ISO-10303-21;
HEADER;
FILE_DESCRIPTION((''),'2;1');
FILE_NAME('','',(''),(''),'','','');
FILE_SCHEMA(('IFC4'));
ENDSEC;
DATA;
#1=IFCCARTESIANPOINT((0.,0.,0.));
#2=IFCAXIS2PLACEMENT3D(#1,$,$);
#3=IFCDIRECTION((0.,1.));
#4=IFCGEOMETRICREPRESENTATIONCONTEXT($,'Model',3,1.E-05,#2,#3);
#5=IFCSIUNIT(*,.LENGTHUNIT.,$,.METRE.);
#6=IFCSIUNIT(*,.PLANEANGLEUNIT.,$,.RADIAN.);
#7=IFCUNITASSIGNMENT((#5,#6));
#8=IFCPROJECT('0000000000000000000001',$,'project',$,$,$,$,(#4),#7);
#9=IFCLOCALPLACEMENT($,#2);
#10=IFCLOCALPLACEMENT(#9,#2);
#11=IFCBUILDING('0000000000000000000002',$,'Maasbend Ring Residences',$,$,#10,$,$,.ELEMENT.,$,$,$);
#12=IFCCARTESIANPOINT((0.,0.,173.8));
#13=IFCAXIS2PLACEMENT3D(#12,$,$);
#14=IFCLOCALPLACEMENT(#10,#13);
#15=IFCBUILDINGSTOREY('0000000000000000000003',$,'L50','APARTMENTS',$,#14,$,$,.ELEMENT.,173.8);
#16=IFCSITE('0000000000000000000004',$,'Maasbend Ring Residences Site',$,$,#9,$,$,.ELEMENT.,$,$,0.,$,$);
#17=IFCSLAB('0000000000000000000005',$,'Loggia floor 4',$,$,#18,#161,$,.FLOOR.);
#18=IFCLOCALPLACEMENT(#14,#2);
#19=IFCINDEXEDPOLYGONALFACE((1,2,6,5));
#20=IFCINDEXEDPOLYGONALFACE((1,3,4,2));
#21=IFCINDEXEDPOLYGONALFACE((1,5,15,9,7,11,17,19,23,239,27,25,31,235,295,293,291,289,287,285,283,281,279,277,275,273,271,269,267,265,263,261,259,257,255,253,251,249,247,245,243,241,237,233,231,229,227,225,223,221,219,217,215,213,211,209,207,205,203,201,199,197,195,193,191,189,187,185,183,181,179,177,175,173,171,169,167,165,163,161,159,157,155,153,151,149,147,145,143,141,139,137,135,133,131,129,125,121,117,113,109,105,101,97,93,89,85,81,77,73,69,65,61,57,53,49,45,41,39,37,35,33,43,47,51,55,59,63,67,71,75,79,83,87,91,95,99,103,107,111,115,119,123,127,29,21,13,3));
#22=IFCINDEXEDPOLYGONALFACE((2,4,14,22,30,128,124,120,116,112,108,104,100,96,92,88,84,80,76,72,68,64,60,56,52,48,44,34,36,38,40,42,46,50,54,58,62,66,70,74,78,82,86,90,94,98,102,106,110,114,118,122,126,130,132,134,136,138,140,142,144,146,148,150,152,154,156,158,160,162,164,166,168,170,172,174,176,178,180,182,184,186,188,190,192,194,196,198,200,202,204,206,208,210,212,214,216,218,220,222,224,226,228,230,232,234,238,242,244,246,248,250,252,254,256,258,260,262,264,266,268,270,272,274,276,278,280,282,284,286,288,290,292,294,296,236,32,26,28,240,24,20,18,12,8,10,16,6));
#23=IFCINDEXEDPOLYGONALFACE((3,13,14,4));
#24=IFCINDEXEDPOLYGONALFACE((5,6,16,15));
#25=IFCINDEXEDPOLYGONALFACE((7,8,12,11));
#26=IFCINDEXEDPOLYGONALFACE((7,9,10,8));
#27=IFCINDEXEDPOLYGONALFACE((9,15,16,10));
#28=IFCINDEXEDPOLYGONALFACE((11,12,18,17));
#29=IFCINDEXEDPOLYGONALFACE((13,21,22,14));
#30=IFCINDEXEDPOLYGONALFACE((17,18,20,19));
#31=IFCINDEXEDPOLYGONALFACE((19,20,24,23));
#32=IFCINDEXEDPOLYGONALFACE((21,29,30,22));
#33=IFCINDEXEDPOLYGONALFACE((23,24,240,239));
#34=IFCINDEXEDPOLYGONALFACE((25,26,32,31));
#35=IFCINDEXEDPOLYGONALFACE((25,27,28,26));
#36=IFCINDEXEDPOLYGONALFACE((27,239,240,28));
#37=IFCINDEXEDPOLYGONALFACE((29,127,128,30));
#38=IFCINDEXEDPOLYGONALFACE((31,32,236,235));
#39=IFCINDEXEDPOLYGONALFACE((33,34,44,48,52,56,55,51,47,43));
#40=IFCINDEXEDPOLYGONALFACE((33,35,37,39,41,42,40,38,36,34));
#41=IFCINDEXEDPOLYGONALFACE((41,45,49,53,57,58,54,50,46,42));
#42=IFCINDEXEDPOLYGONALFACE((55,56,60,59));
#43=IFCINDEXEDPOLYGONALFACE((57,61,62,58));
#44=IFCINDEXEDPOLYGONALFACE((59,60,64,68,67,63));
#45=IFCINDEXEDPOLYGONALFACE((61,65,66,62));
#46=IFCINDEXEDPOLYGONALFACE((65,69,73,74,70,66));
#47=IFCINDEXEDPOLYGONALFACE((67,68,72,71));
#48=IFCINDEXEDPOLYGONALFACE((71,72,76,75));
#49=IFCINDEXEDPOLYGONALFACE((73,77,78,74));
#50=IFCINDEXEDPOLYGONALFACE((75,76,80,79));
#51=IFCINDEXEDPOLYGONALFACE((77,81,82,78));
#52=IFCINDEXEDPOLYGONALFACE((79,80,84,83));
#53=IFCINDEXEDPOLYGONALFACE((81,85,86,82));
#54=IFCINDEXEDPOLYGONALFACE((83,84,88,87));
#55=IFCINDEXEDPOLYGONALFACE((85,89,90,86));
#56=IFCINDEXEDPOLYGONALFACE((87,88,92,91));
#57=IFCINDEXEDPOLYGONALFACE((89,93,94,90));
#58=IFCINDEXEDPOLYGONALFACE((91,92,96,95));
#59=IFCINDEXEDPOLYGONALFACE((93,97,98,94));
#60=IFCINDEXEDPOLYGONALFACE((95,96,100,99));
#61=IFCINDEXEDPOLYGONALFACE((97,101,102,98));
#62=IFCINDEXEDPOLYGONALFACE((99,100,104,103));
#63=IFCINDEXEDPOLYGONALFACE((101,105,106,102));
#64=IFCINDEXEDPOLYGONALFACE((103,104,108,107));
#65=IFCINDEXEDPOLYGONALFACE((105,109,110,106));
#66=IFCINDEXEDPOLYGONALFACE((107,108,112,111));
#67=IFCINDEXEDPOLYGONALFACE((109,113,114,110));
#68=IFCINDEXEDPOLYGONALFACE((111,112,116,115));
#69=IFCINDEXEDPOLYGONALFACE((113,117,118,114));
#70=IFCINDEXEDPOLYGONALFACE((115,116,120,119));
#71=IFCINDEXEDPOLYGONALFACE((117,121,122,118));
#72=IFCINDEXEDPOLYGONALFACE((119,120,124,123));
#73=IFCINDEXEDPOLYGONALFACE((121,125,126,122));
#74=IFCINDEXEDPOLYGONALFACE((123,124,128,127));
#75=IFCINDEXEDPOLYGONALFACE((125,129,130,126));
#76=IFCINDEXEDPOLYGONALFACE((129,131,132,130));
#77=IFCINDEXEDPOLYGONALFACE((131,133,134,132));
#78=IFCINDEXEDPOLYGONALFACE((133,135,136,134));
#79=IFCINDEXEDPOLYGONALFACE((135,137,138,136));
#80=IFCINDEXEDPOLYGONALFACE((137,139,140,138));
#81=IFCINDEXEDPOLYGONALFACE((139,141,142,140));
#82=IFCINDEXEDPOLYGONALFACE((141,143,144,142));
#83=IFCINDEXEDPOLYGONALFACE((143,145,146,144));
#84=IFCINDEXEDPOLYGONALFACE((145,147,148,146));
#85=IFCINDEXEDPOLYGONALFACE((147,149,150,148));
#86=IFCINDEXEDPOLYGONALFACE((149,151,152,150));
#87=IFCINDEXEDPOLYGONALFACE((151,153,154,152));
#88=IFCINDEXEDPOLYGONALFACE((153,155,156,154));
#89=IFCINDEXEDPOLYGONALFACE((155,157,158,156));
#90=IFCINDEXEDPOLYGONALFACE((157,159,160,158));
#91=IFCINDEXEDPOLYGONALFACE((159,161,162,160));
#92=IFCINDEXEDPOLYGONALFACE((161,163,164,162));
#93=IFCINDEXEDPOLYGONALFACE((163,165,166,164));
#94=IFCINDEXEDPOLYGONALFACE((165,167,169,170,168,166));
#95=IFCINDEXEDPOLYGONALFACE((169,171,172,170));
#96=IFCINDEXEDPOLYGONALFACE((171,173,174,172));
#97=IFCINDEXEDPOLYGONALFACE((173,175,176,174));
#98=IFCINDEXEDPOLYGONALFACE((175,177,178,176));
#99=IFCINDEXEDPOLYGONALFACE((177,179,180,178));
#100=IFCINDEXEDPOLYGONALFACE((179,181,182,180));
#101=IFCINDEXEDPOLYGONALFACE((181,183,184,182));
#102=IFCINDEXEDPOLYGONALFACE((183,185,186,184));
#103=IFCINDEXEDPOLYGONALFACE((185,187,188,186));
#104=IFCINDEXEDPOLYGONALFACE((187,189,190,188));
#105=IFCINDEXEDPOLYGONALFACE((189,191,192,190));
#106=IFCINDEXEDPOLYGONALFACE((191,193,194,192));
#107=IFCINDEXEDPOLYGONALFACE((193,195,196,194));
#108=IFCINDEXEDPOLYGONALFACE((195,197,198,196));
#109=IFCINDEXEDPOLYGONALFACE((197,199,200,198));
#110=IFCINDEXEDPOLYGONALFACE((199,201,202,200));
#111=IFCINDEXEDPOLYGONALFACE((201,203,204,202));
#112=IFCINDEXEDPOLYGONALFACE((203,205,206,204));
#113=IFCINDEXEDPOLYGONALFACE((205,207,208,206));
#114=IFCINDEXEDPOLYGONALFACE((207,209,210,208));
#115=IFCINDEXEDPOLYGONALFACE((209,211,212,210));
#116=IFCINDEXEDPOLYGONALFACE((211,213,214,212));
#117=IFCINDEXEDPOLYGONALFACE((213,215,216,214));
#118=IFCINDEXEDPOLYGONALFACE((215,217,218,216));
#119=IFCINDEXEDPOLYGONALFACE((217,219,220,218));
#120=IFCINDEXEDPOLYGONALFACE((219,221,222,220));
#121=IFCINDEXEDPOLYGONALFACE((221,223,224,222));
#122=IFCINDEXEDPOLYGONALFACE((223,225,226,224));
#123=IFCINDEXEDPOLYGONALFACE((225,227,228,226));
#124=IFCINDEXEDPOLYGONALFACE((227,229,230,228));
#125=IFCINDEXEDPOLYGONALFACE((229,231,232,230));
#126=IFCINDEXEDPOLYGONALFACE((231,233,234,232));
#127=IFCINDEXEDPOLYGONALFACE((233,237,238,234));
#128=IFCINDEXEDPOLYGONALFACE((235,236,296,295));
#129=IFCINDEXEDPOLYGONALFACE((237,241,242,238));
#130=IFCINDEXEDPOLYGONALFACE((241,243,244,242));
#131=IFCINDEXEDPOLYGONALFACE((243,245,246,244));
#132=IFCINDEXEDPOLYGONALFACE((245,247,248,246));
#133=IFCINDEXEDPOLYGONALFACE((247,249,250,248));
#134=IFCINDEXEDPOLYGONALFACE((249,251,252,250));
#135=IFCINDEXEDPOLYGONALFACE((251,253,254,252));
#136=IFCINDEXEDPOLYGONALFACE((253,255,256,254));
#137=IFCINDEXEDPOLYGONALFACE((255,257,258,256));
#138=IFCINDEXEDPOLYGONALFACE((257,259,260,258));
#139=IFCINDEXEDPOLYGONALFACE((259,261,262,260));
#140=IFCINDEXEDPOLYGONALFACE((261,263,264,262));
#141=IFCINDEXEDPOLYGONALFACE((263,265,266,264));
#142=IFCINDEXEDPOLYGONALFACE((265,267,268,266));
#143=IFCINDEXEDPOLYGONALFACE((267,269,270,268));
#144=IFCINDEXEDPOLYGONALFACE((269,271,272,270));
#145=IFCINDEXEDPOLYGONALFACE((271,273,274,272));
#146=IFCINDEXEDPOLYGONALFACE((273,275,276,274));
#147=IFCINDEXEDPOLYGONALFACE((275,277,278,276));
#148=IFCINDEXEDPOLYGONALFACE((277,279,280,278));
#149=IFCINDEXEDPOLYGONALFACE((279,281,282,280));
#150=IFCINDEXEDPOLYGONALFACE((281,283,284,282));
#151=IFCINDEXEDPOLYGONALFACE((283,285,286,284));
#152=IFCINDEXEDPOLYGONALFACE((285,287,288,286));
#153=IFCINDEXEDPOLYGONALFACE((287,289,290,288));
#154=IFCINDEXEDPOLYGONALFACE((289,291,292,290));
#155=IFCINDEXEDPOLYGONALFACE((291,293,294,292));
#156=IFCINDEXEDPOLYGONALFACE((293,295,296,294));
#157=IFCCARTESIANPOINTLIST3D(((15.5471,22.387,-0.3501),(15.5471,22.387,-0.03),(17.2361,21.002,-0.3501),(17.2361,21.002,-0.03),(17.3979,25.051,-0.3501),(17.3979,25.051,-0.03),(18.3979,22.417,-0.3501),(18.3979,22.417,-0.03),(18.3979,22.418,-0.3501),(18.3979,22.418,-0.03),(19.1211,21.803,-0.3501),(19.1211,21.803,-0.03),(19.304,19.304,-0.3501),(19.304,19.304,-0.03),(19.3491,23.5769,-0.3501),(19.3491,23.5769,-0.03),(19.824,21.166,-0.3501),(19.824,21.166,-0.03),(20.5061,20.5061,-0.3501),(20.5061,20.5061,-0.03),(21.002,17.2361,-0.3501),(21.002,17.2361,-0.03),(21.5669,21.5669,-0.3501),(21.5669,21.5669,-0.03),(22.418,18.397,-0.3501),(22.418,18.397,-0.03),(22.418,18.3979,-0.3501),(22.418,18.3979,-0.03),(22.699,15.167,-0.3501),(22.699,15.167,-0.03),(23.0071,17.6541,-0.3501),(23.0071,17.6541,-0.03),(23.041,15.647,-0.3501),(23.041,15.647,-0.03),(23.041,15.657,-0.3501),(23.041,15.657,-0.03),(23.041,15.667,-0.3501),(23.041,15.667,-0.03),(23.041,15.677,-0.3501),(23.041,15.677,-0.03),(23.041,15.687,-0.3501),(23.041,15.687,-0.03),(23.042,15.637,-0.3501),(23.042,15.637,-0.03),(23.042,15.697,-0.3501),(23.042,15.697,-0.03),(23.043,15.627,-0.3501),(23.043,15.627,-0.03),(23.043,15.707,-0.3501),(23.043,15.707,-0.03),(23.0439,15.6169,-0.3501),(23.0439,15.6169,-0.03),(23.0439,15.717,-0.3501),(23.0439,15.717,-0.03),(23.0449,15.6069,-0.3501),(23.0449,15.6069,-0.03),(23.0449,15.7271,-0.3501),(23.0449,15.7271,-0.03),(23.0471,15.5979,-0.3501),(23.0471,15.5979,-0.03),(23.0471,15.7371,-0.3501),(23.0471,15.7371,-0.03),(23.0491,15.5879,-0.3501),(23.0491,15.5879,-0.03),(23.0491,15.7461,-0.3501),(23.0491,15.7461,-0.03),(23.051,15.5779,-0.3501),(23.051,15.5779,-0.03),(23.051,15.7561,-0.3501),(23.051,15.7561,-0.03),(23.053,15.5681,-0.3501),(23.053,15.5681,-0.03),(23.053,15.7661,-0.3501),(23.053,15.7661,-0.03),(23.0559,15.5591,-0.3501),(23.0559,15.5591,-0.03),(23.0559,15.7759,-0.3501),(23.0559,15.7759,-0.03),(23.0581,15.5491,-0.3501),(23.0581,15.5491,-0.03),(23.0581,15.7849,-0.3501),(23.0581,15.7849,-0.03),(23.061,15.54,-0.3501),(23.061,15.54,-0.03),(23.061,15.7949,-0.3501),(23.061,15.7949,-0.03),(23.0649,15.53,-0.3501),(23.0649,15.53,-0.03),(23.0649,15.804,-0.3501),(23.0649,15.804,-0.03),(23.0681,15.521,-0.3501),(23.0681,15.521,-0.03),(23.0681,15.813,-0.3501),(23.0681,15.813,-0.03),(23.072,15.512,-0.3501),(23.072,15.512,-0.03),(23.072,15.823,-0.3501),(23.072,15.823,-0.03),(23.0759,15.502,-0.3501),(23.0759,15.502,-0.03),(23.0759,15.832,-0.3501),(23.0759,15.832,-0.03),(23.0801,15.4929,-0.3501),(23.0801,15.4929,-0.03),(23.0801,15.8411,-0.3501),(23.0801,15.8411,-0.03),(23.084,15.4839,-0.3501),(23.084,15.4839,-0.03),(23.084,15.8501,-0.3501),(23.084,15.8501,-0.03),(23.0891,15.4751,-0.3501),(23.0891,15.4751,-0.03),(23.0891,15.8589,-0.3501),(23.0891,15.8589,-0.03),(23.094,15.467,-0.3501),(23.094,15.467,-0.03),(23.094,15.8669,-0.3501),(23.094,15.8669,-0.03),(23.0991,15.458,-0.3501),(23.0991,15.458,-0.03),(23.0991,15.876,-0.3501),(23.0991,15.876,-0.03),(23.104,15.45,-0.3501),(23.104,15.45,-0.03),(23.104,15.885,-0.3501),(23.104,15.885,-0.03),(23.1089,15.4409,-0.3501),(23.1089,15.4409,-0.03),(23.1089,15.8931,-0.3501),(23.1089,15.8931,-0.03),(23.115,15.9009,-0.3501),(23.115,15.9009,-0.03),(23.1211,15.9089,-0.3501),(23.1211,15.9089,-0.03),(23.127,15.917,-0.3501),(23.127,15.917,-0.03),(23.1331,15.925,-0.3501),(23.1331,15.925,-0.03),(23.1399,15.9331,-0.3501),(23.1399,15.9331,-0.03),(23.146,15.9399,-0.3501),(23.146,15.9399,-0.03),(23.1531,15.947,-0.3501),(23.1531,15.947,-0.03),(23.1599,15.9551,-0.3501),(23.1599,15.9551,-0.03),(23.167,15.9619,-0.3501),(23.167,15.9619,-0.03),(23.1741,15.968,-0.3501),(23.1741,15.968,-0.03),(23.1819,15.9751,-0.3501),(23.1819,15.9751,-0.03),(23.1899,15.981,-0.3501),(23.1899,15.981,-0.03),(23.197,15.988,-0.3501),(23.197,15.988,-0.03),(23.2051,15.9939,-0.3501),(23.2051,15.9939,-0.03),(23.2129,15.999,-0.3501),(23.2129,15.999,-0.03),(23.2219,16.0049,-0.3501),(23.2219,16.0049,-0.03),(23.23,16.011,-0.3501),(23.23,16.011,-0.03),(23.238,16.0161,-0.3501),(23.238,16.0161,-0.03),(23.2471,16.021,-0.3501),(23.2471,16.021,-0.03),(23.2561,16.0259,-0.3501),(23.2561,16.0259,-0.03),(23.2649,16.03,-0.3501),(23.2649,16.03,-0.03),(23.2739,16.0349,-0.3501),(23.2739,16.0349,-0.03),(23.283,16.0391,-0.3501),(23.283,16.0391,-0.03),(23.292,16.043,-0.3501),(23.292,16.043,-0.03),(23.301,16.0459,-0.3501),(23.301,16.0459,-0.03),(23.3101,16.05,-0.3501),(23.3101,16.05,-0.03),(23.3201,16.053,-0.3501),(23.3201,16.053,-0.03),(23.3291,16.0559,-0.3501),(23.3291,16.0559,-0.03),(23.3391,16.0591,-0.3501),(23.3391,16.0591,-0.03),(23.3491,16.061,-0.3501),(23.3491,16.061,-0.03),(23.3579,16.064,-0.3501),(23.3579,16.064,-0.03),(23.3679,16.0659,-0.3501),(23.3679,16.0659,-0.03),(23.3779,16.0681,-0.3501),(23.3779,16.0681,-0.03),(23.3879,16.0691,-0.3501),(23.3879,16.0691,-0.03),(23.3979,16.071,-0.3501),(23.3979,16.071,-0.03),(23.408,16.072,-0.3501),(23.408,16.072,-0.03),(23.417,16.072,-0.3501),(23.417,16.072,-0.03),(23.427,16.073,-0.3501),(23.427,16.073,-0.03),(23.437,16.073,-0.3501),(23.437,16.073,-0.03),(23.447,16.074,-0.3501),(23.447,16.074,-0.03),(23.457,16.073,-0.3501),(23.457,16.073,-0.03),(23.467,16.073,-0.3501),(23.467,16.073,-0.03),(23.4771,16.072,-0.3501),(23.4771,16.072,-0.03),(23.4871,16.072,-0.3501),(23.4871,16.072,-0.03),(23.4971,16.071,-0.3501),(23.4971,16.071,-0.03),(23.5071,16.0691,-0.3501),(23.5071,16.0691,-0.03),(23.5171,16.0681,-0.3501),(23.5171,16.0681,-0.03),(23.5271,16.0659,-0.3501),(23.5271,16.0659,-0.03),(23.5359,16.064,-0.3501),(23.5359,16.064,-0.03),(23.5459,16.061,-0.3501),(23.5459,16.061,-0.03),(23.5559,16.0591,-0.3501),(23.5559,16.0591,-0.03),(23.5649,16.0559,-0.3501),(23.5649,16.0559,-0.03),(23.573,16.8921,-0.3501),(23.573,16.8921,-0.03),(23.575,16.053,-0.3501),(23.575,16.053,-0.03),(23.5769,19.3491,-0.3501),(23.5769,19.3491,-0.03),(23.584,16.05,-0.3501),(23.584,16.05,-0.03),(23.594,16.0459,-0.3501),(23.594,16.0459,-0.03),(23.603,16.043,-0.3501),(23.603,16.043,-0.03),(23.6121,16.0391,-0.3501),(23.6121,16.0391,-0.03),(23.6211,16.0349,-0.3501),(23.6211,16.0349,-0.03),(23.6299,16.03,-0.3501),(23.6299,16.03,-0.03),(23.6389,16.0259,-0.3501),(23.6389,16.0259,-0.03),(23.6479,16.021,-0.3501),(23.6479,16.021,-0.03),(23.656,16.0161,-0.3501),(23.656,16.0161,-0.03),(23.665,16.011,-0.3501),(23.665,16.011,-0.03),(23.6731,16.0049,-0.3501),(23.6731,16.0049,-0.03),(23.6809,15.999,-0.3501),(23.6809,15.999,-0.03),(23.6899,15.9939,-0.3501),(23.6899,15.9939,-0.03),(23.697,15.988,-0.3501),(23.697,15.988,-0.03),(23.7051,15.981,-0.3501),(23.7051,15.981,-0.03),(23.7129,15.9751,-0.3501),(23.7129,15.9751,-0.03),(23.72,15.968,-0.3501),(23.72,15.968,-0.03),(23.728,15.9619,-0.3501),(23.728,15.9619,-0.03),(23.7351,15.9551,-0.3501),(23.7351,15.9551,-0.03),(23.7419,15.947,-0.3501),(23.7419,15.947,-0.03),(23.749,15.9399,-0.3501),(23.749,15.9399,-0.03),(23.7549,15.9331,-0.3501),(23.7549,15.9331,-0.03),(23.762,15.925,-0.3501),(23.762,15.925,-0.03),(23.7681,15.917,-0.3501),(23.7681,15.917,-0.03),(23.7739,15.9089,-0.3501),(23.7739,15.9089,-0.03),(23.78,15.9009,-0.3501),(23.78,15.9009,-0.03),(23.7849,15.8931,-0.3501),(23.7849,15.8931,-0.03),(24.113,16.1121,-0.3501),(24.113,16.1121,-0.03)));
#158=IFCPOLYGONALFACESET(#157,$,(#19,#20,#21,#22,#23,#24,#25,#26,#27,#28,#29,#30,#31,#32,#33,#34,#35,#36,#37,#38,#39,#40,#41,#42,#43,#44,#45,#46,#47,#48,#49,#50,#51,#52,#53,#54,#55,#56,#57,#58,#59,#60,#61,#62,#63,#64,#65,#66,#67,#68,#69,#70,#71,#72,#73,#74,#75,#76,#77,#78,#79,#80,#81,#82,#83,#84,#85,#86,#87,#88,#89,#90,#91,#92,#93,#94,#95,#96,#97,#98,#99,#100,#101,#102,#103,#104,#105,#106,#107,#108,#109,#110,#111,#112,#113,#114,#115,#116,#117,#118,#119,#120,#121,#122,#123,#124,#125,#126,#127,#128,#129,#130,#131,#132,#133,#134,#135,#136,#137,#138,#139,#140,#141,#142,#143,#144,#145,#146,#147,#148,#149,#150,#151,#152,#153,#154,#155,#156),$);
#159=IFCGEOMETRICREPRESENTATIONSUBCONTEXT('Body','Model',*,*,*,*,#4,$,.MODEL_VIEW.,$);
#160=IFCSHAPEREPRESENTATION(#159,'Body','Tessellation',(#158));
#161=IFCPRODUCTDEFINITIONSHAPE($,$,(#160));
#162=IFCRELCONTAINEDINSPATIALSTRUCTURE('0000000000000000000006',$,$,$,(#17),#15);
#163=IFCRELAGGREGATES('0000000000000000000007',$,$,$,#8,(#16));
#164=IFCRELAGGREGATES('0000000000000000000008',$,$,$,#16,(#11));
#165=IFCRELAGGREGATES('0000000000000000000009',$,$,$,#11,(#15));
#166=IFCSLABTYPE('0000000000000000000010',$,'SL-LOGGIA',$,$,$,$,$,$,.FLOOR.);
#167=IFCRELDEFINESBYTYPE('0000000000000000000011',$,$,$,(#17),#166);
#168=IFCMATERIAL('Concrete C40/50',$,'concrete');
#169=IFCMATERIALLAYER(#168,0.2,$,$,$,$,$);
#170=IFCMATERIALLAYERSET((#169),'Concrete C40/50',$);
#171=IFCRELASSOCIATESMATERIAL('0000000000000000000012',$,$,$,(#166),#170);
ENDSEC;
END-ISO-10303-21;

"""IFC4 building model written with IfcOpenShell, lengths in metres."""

from ifc_helpers import new_model, si_unit, direction, frame, origin, place, context, subcontext, project, spatial, polyline, outline, extrude, material, layer, layer_set, type_object, element, save


model = new_model("IFC4")

# Units and contexts
model_context = context("Model", 3, precision=1e-05, world=origin(), true_north=direction((0.0, 1.0)))
body_context = subcontext(model_context, "Body", "Model", "MODEL_VIEW")
ifc_project = project(units=[si_unit("LENGTHUNIT", "METRE"), si_unit("PLANEANGLEUNIT", "RADIAN")], contexts=[model_context])

# Site, building, storey
site_placement = place(None, origin())
site = spatial("IfcSite", under=ifc_project, at=site_placement, Name="Maasbend Ring Residences Site", CompositionType="ELEMENT", RefElevation=0.0)
building_placement = place(site_placement, origin())
building = spatial("IfcBuilding", under=site, at=building_placement, Name="Maasbend Ring Residences", CompositionType="ELEMENT")
storey_placement = place(building_placement, frame((0.0, 0.0, 173.8)))
storey = spatial("IfcBuildingStorey", under=building, at=storey_placement, Name="L50", Description="APARTMENTS", CompositionType="ELEMENT", Elevation=173.8)

# Slab
ifc_material_1 = material(Name="Concrete C40/50", Category="concrete")
ifc_layer_1 = layer(ifc_material_1, 0.2)
ifc_layer_set_1 = layer_set([ifc_layer_1], Name="Concrete C40/50")
slab_type_1 = type_object("IfcSlabType", Name="SL-LOGGIA", PredefinedType="FLOOR", material=ifc_layer_set_1)
slab_1_placement = place(storey_placement, frame((0.0, 0.0, -0.3501)))
element("IfcSlab", 1, at=slab_1_placement, inside=storey, type_object=slab_type_1, Name="Loggia floor 4", PredefinedType="FLOOR", context=body_context, shape_type="SweptSolid", body=[
    extrude(outline(polyline([(19.3491, 23.5769), (19.3491, 23.5769), (19.3491, 23.5769), (18.3979, 22.418), (18.3979, 22.418), (18.3979, 22.418), (18.3979, 22.418), (18.3979, 22.418), (18.3979, 22.417), (18.3979, 22.417), (18.3979, 22.417), (18.3979, 22.417), (18.3979, 22.417), (18.3979, 22.417), (18.3979, 22.417), (18.3979, 22.417), (18.3979, 22.417), (18.3979, 22.417), (18.3979, 22.417), (18.3979, 22.417), (19.1211, 21.803), (19.1211, 21.803), (19.824, 21.166), (19.824, 21.166), (20.5061, 20.5061), (20.5061, 20.5061), (20.5061, 20.5061), (20.5061, 20.5061), (20.5061, 20.5061), (20.5061, 20.5061), (20.5061, 20.5061), (20.5061, 20.5061), (20.5061, 20.5061), (20.5061, 20.5061), (20.5061, 20.5061), (20.5061, 20.5061), (20.5061, 20.5061), (20.5061, 20.5061), (20.5061, 20.5061), (20.5061, 20.5061), (20.5061, 20.5061), (21.5669, 21.5669), (21.5669, 21.5669), (21.5669, 21.5669), (23.5769, 19.3491), (23.5769, 19.3491), (23.5769, 19.3491), (22.418, 18.3979), (22.418, 18.3979), (22.418, 18.3979), (22.418, 18.3979), (22.418, 18.3979), (22.418, 18.3979), (22.418, 18.397), (22.418, 18.397), (22.418, 18.397), (22.418, 18.397), (22.418, 18.397), (22.418, 18.397), (22.418, 18.397), (22.418, 18.397), (22.418, 18.397), (22.418, 18.397), (22.418, 18.397), (23.0071, 17.6541), (23.0071, 17.6541), (23.573, 16.8921), (23.573, 16.8921), (24.113, 16.1121), (24.113, 16.1121), (24.113, 16.1121), (23.7849, 15.8931), (23.7849, 15.8931), (23.78, 15.9009), (23.7739, 15.9089), (23.7681, 15.917), (23.762, 15.925), (23.7549, 15.9331), (23.749, 15.9399), (23.7419, 15.947), (23.7351, 15.9551), (23.728, 15.9619), (23.72, 15.968), (23.7129, 15.9751), (23.7051, 15.981), (23.697, 15.988), (23.6899, 15.9939), (23.6809, 15.999), (23.6731, 16.0049), (23.665, 16.011), (23.656, 16.0161), (23.6479, 16.021), (23.6389, 16.0259), (23.6299, 16.03), (23.6211, 16.0349), (23.6121, 16.0391), (23.603, 16.043), (23.594, 16.0459), (23.584, 16.05), (23.575, 16.053), (23.5649, 16.0559), (23.5559, 16.0591), (23.5459, 16.061), (23.5359, 16.064), (23.5271, 16.0659), (23.5171, 16.0681), (23.5071, 16.0691), (23.4971, 16.071), (23.4871, 16.072), (23.4771, 16.072), (23.467, 16.073), (23.457, 16.073), (23.447, 16.074), (23.437, 16.073), (23.427, 16.073), (23.417, 16.072), (23.408, 16.072), (23.3979, 16.071), (23.3879, 16.0691), (23.3779, 16.0681), (23.3679, 16.0659), (23.3579, 16.064), (23.3491, 16.061), (23.3391, 16.0591), (23.3291, 16.0559), (23.3201, 16.053), (23.3101, 16.05), (23.301, 16.0459), (23.292, 16.043), (23.283, 16.0391), (23.2739, 16.0349), (23.2649, 16.03), (23.2561, 16.0259), (23.2471, 16.021), (23.238, 16.0161), (23.23, 16.011), (23.2219, 16.0049), (23.2129, 15.999), (23.2051, 15.9939), (23.197, 15.988), (23.1899, 15.981), (23.1819, 15.9751), (23.1741, 15.968), (23.167, 15.9619), (23.1599, 15.9551), (23.1531, 15.947), (23.146, 15.9399), (23.1399, 15.9331), (23.1331, 15.925), (23.127, 15.917), (23.1211, 15.9089), (23.115, 15.9009), (23.1089, 15.8931), (23.104, 15.885), (23.0991, 15.876), (23.094, 15.8669), (23.0891, 15.8589), (23.084, 15.8501), (23.0801, 15.8411), (23.0759, 15.832), (23.072, 15.823), (23.0681, 15.813), (23.0649, 15.804), (23.061, 15.7949), (23.0581, 15.7849), (23.0559, 15.7759), (23.053, 15.7661), (23.051, 15.7561), (23.0491, 15.7461), (23.0471, 15.7371), (23.0449, 15.7271), (23.0439, 15.717), (23.043, 15.707), (23.042, 15.697), (23.041, 15.687), (23.041, 15.677), (23.041, 15.667), (23.041, 15.657), (23.041, 15.647), (23.042, 15.637), (23.043, 15.627), (23.0439, 15.6169), (23.0449, 15.6069), (23.0471, 15.5979), (23.0491, 15.5879), (23.051, 15.5779), (23.053, 15.5681), (23.0559, 15.5591), (23.0581, 15.5491), (23.061, 15.54), (23.0649, 15.53), (23.0681, 15.521), (23.072, 15.512), (23.0759, 15.502), (23.0801, 15.4929), (23.084, 15.4839), (23.0891, 15.4751), (23.094, 15.467), (23.0991, 15.458), (23.104, 15.45), (23.1089, 15.4409), (23.1089, 15.4409), (22.699, 15.167), (22.699, 15.167), (22.699, 15.167), (21.002, 17.2361), (19.304, 19.304), (19.304, 19.304), (19.304, 19.304), (17.2361, 21.002), (15.5471, 22.387), (15.5471, 22.387), (15.5471, 22.387), (17.3979, 25.051), (17.3979, 25.051), (17.3979, 25.051), (19.3491, 23.5769)])), origin(), (0.0, 0.0, 1.0), 0.3201),
])

save(model, "model.ifc")
